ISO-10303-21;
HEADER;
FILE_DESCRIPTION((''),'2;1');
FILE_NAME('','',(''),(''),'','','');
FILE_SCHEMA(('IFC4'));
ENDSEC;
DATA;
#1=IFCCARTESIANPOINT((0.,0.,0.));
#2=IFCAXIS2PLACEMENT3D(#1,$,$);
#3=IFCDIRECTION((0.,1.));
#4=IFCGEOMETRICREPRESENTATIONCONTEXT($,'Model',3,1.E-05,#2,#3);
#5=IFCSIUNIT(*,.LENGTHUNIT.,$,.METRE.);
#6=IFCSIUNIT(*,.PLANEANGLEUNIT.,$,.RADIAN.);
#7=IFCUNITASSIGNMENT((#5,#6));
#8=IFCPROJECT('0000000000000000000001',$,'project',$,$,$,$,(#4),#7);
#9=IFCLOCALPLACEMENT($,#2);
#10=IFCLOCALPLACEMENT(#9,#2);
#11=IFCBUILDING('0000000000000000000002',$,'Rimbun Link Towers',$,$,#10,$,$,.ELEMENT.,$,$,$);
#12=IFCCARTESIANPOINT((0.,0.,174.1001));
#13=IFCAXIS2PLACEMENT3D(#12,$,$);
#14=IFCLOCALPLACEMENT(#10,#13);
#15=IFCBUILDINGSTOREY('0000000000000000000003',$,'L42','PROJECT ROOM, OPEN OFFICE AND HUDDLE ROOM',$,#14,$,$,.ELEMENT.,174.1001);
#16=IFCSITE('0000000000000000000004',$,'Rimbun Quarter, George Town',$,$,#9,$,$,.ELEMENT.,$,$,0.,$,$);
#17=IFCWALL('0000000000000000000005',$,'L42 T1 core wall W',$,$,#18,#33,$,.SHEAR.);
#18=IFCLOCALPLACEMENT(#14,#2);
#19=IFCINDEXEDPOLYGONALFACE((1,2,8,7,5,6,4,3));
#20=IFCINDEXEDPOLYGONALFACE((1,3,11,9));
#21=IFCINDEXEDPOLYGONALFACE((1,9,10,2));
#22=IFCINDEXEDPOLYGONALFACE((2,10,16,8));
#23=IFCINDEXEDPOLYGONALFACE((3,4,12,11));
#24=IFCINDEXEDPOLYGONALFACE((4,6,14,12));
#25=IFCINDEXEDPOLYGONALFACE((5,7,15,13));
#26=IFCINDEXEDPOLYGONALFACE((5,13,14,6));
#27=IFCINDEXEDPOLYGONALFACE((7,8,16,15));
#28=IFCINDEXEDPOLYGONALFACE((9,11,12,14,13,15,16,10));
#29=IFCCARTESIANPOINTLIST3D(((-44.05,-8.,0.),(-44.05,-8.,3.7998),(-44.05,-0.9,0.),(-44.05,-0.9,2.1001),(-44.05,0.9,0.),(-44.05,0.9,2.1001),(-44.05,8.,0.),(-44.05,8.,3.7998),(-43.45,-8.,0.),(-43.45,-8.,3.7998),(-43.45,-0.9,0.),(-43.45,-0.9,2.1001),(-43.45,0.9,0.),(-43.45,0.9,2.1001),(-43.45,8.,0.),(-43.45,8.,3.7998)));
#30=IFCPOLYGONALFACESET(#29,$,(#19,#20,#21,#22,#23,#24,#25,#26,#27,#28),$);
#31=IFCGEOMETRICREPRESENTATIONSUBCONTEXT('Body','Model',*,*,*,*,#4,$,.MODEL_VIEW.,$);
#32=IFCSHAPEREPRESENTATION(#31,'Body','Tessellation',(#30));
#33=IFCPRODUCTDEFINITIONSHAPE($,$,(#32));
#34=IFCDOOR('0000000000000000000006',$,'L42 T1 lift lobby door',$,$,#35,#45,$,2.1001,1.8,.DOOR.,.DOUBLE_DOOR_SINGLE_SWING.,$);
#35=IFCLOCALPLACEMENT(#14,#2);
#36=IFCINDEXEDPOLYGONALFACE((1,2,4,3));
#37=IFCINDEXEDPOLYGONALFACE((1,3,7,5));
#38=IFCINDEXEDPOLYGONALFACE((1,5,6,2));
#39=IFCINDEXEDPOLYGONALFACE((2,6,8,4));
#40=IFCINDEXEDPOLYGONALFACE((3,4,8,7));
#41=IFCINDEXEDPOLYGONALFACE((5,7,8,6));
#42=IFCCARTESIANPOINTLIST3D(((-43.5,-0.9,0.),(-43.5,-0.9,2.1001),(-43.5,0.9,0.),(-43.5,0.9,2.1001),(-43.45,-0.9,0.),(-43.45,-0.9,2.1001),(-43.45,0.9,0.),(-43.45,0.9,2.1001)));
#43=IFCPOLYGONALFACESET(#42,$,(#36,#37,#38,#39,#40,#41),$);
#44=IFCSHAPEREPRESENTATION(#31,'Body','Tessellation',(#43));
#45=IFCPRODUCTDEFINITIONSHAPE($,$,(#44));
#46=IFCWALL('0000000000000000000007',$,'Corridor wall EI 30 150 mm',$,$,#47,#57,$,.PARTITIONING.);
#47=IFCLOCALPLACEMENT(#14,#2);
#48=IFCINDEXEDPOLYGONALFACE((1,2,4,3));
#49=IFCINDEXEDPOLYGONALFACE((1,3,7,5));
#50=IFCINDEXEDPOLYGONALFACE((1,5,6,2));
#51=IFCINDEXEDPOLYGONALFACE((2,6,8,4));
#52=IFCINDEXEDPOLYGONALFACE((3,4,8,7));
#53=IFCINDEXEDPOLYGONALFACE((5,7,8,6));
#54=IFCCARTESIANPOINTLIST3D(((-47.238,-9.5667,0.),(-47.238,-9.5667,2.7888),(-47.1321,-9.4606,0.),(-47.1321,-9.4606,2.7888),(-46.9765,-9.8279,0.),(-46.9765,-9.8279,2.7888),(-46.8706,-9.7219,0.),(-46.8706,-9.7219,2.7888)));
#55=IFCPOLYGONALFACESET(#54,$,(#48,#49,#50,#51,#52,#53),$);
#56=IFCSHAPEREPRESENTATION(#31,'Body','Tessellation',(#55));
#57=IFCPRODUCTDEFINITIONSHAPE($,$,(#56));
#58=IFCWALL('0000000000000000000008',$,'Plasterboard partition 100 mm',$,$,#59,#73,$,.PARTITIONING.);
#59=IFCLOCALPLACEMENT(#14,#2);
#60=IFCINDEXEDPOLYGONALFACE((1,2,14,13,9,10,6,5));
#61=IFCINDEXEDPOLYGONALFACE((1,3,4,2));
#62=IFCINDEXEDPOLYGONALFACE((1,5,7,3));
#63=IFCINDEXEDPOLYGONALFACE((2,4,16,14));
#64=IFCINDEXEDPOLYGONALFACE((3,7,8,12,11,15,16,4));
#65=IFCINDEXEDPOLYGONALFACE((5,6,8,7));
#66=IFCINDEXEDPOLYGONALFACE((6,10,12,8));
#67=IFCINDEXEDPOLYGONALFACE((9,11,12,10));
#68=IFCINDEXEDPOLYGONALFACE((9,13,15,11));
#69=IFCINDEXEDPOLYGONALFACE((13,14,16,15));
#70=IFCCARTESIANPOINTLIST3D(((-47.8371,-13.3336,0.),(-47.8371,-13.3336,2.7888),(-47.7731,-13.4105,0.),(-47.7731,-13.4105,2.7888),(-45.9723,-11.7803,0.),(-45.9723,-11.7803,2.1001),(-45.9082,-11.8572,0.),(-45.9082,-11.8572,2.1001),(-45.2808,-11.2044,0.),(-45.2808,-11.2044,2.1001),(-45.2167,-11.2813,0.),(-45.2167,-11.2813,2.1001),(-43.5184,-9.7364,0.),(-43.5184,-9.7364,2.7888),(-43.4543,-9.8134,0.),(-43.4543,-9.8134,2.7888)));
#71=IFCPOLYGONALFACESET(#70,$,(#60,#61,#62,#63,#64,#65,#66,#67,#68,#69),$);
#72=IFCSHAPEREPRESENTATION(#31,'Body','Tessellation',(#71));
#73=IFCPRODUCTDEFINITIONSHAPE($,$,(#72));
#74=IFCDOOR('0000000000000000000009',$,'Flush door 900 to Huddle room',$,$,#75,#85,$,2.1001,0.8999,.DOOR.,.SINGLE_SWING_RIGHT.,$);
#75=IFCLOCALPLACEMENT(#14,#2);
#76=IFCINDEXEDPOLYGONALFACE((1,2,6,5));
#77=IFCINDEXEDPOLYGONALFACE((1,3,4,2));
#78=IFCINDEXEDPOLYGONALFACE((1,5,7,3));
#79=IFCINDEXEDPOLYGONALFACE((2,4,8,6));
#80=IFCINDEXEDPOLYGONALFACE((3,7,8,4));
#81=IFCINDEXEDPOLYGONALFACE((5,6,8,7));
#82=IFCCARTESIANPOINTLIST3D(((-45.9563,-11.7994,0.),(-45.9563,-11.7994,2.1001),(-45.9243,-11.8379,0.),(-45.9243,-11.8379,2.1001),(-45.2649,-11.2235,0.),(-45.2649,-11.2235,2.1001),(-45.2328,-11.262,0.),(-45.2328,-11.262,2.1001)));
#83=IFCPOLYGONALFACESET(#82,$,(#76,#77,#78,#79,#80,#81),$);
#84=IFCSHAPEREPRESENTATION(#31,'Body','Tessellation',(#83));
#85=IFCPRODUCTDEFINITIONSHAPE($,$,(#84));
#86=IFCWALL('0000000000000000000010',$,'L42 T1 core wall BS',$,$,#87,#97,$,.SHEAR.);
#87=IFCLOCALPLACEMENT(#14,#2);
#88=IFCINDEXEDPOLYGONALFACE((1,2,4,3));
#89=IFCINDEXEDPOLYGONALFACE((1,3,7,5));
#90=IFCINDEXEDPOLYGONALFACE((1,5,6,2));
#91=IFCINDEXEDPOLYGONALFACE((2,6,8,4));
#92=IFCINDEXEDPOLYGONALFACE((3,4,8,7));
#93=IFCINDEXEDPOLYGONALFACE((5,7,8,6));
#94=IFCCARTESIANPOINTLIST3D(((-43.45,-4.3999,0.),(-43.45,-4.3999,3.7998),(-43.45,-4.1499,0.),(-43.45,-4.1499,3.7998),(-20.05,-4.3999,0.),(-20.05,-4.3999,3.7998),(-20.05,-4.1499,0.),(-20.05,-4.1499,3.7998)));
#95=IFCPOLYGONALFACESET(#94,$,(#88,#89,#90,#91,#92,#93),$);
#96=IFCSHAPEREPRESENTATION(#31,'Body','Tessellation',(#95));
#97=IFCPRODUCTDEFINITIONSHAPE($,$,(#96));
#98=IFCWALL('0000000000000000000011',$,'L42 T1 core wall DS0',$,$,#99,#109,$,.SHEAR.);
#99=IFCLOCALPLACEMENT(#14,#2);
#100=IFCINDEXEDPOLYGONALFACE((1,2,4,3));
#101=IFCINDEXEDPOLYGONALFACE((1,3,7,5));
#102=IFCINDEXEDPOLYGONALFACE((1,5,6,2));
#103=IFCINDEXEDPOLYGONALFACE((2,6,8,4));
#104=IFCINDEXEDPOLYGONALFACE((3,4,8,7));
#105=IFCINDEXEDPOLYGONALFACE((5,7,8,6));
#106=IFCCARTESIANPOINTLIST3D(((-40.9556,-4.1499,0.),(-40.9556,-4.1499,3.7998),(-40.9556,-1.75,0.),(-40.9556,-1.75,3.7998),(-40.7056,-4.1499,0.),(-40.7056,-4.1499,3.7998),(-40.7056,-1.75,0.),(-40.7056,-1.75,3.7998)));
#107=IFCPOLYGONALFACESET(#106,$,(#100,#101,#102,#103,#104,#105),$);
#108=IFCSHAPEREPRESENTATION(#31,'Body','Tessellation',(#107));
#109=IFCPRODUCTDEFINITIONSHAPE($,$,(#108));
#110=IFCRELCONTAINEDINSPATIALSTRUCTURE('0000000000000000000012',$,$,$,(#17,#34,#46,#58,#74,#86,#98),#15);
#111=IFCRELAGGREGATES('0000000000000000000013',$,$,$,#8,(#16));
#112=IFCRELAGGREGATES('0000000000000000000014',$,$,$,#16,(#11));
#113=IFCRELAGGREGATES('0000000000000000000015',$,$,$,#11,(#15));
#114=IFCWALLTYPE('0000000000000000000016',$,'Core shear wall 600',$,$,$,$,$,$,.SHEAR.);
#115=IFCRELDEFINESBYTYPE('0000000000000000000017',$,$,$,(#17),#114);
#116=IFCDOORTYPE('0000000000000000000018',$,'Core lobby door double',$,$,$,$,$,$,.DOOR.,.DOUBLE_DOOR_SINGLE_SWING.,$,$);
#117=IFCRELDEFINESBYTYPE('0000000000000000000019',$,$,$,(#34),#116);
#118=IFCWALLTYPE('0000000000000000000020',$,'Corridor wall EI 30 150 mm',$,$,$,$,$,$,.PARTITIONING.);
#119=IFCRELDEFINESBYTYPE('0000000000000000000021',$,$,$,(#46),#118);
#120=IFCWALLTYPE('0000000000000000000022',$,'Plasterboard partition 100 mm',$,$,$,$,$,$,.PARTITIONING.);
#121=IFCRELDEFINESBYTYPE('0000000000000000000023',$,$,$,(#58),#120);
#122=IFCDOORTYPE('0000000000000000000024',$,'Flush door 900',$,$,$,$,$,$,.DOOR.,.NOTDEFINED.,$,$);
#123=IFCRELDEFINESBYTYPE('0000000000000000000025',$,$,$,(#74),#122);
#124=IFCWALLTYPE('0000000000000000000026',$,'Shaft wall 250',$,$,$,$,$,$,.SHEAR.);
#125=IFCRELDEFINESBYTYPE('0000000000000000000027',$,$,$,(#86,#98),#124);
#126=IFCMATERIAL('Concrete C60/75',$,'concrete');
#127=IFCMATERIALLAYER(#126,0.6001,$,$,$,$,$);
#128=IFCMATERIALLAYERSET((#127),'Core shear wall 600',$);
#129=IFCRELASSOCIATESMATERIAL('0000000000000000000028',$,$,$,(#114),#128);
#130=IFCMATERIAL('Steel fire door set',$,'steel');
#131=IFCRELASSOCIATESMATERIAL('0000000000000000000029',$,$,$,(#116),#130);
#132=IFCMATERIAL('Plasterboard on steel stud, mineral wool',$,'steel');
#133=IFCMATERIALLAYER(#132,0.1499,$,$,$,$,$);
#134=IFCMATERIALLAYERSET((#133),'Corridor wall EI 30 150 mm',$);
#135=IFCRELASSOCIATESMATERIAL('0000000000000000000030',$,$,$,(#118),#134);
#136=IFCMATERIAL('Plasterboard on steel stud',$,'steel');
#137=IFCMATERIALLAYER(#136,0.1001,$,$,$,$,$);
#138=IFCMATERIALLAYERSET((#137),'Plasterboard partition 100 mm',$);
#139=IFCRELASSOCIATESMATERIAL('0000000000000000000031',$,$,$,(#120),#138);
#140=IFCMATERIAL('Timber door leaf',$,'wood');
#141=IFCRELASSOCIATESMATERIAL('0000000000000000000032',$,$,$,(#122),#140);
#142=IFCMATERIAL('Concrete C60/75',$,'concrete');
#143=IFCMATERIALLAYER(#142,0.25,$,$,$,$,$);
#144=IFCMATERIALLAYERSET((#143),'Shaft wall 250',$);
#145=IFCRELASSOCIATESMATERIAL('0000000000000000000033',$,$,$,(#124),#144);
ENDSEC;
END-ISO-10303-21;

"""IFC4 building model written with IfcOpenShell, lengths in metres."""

from ifc_helpers import new_model, si_unit, direction, frame, frame_2d, origin, place, context, subcontext, project, spatial, rectangle, extrude, material, layer, layer_set, type_object, element, fill, save


model = new_model("IFC4")

# Units and contexts
model_context = context("Model", 3, precision=1e-05, world=origin(), true_north=direction((0.0, 1.0)))
body_context = subcontext(model_context, "Body", "Model", "MODEL_VIEW")
ifc_project = project(units=[si_unit("LENGTHUNIT", "METRE"), si_unit("PLANEANGLEUNIT", "RADIAN")], contexts=[model_context])

# Site, building, storey
site_placement = place(None, origin())
site = spatial("IfcSite", under=ifc_project, at=site_placement, Name="Rimbun Quarter, George Town", CompositionType="ELEMENT", RefElevation=0.0)
building_placement = place(site_placement, origin())
building = spatial("IfcBuilding", under=site, at=building_placement, Name="Rimbun Link Towers", CompositionType="ELEMENT")
storey_placement = place(building_placement, frame((0.0, 0.0, 174.1001)))
storey = spatial("IfcBuildingStorey", under=building, at=storey_placement, Name="L42", Description="PROJECT ROOM, OPEN OFFICE AND HUDDLE ROOM", CompositionType="ELEMENT", Elevation=174.1001)

# Shared definitions
ifc_material_1 = material(Name="Concrete C60/75", Category="concrete")
ifc_layer_1 = layer(ifc_material_1, 0.6001)
ifc_layer_set_1 = layer_set([ifc_layer_1], Name="Core shear wall 600")
wall_type_1 = type_object("IfcWallType", Name="Core shear wall 600", PredefinedType="SHEAR", material=ifc_layer_set_1)

# Wall, opening, door
wall_1_placement = place(storey_placement, frame((-43.75, -8.0, 0.0), z_axis=(0.0, 0.0, 1.0), x_axis=(0.0, 1.0, 0.0)))
wall_1 = element("IfcWall", 1, at=wall_1_placement, inside=storey, type_object=wall_type_1, Name="L42 T1 core wall W", PredefinedType="SHEAR", context=body_context, shape_type="SweptSolid", body=[
    extrude(rectangle(XDim=16.0, YDim=0.6001, at=frame_2d((8.0, 0.0))), origin(), (0.0, 0.0, 1.0), 3.7998),
])
opening_1_placement = place(wall_1_placement, frame((7.1001, 0.0, 0.0)))
opening_1 = element("IfcOpeningElement", 2, at=opening_1_placement, cuts=wall_1, PredefinedType="OPENING", context=body_context, shape_type="SweptSolid", body=[
    extrude(rectangle(XDim=1.8, YDim=2.1001, at=frame_2d((0.8999, 1.05))), frame((0.0, 0.3101, 0.0), z_axis=(0.0, -1.0, 0.0), x_axis=(1.0, 0.0, 0.0)), (0.0, 0.0, 1.0), 0.6201),
])
ifc_material_2 = material(Name="Steel fire door set", Category="steel")
door_type_1 = type_object("IfcDoorType", Name="Core lobby door double", OperationType="DOUBLE_DOOR_SINGLE_SWING", PredefinedType="DOOR", material=ifc_material_2)
door_1_placement = place(opening_1_placement, origin())
door_1 = element("IfcDoor", 3, at=door_1_placement, inside=storey, type_object=door_type_1, Name="L42 T1 lift lobby door", OperationType="DOUBLE_DOOR_SINGLE_SWING", OverallHeight=2.1001, OverallWidth=1.8, PredefinedType="DOOR", context=body_context, shape_type="SweptSolid", body=[
    extrude(rectangle(XDim=1.8, YDim=2.1001, at=frame_2d((0.8999, 1.05))), frame((0.0, -0.25, 0.0), z_axis=(0.0, -1.0, 0.0), x_axis=(1.0, 0.0, 0.0)), (0.0, 0.0, 1.0), 0.05),
])
fill(opening_1, door_1)

# Wall
ifc_material_3 = material(Name="Plasterboard on steel stud, mineral wool", Category="steel")
ifc_layer_2 = layer(ifc_material_3, 0.1499)
ifc_layer_set_2 = layer_set([ifc_layer_2], Name="Corridor wall EI 30 150 mm")
wall_type_2 = type_object("IfcWallType", Name="Corridor wall EI 30 150 mm", PredefinedType="PARTITIONING", material=ifc_layer_set_2)
wall_2_placement = place(storey_placement, frame((-47.1851, -9.5137, 0.0), z_axis=(0.0, 0.0, 1.0), x_axis=(0.707437, -0.706776, 0.0)))
element("IfcWall", 4, at=wall_2_placement, inside=storey, type_object=wall_type_2, Name="Corridor wall EI 30 150 mm", PredefinedType="PARTITIONING", context=body_context, shape_type="SweptSolid", body=[
    extrude(rectangle(XDim=0.3696, YDim=0.1499, at=frame_2d((0.1848, 0.0))), origin(), (0.0, 0.0, 1.0), 2.7888),
])

# Wall, opening, door
ifc_material_4 = material(Name="Plasterboard on steel stud", Category="steel")
ifc_layer_3 = layer(ifc_material_4, 0.1001)
ifc_layer_set_3 = layer_set([ifc_layer_3], Name="Plasterboard partition 100 mm")
wall_type_3 = type_object("IfcWallType", Name="Plasterboard partition 100 mm", PredefinedType="PARTITIONING", material=ifc_layer_set_3)
wall_3_placement = place(storey_placement, frame((-43.4863, -9.7749, 0.0), z_axis=(0.0, 0.0, 1.0), x_axis=(-0.768385, -0.639988, 0.0)))
wall_3 = element("IfcWall", 5, at=wall_3_placement, inside=storey, type_object=wall_type_3, Name="Plasterboard partition 100 mm", PredefinedType="PARTITIONING", context=body_context, shape_type="SweptSolid", body=[
    extrude(rectangle(XDim=5.6206, YDim=0.1001, at=frame_2d((2.8103, 0.0))), origin(), (0.0, 0.0, 1.0), 2.7888),
])
opening_2_placement = place(wall_3_placement, frame((2.2937, 0.0, 0.0)))
opening_2 = element("IfcOpeningElement", 6, at=opening_2_placement, cuts=wall_3, PredefinedType="OPENING", context=body_context, shape_type="SweptSolid", body=[
    extrude(rectangle(XDim=0.8999, YDim=2.1001, at=frame_2d((0.45, 1.05))), frame((0.0, 0.0601, 0.0), z_axis=(0.0, -1.0, 0.0), x_axis=(1.0, 0.0, 0.0)), (0.0, 0.0, 1.0), 0.1201),
])
ifc_material_5 = material(Name="Timber door leaf", Category="wood")
door_type_2 = type_object("IfcDoorType", Name="Flush door 900", OperationType="NOTDEFINED", PredefinedType="DOOR", material=ifc_material_5)
door_2_placement = place(opening_2_placement, origin())
door_2 = element("IfcDoor", 7, at=door_2_placement, inside=storey, type_object=door_type_2, Name="Flush door 900 to Huddle room", OperationType="SINGLE_SWING_RIGHT", OverallHeight=2.1001, OverallWidth=0.8999, PredefinedType="DOOR", context=body_context, shape_type="SweptSolid", body=[
    extrude(rectangle(XDim=0.8999, YDim=2.1001, at=frame_2d((0.45, 1.05))), frame((0.0, 0.0249, 0.0), z_axis=(0.0, -1.0, 0.0), x_axis=(1.0, 0.0, 0.0)), (0.0, 0.0, 1.0), 0.05),
])
fill(opening_2, door_2)

# Walls
ifc_material_6 = material(Name="Concrete C60/75", Category="concrete")
ifc_layer_4 = layer(ifc_material_6, 0.25)
ifc_layer_set_4 = layer_set([ifc_layer_4], Name="Shaft wall 250")
wall_type_4 = type_object("IfcWallType", Name="Shaft wall 250", PredefinedType="SHEAR", material=ifc_layer_set_4)
wall_4_placement = place(storey_placement, frame((-43.45, -4.2749, 0.0), z_axis=(0.0, 0.0, 1.0), x_axis=(1.0, 0.0, 0.0)))
element("IfcWall", 8, at=wall_4_placement, inside=storey, type_object=wall_type_4, Name="L42 T1 core wall BS", PredefinedType="SHEAR", context=body_context, shape_type="SweptSolid", body=[
    extrude(rectangle(XDim=23.3999, YDim=0.25, at=frame_2d((11.7, 0.0))), origin(), (0.0, 0.0, 1.0), 3.7998),
])
wall_5_placement = place(storey_placement, frame((-40.8306, -4.1499, 0.0), z_axis=(0.0, 0.0, 1.0), x_axis=(0.0, 1.0, 0.0)))
element("IfcWall", 9, at=wall_5_placement, inside=storey, type_object=wall_type_4, Name="L42 T1 core wall DS0", PredefinedType="SHEAR", context=body_context, shape_type="SweptSolid", body=[
    extrude(rectangle(XDim=2.3999, YDim=0.25, at=frame_2d((1.2, 0.0))), origin(), (0.0, 0.0, 1.0), 3.7998),
])

save(model, "model.ifc")
